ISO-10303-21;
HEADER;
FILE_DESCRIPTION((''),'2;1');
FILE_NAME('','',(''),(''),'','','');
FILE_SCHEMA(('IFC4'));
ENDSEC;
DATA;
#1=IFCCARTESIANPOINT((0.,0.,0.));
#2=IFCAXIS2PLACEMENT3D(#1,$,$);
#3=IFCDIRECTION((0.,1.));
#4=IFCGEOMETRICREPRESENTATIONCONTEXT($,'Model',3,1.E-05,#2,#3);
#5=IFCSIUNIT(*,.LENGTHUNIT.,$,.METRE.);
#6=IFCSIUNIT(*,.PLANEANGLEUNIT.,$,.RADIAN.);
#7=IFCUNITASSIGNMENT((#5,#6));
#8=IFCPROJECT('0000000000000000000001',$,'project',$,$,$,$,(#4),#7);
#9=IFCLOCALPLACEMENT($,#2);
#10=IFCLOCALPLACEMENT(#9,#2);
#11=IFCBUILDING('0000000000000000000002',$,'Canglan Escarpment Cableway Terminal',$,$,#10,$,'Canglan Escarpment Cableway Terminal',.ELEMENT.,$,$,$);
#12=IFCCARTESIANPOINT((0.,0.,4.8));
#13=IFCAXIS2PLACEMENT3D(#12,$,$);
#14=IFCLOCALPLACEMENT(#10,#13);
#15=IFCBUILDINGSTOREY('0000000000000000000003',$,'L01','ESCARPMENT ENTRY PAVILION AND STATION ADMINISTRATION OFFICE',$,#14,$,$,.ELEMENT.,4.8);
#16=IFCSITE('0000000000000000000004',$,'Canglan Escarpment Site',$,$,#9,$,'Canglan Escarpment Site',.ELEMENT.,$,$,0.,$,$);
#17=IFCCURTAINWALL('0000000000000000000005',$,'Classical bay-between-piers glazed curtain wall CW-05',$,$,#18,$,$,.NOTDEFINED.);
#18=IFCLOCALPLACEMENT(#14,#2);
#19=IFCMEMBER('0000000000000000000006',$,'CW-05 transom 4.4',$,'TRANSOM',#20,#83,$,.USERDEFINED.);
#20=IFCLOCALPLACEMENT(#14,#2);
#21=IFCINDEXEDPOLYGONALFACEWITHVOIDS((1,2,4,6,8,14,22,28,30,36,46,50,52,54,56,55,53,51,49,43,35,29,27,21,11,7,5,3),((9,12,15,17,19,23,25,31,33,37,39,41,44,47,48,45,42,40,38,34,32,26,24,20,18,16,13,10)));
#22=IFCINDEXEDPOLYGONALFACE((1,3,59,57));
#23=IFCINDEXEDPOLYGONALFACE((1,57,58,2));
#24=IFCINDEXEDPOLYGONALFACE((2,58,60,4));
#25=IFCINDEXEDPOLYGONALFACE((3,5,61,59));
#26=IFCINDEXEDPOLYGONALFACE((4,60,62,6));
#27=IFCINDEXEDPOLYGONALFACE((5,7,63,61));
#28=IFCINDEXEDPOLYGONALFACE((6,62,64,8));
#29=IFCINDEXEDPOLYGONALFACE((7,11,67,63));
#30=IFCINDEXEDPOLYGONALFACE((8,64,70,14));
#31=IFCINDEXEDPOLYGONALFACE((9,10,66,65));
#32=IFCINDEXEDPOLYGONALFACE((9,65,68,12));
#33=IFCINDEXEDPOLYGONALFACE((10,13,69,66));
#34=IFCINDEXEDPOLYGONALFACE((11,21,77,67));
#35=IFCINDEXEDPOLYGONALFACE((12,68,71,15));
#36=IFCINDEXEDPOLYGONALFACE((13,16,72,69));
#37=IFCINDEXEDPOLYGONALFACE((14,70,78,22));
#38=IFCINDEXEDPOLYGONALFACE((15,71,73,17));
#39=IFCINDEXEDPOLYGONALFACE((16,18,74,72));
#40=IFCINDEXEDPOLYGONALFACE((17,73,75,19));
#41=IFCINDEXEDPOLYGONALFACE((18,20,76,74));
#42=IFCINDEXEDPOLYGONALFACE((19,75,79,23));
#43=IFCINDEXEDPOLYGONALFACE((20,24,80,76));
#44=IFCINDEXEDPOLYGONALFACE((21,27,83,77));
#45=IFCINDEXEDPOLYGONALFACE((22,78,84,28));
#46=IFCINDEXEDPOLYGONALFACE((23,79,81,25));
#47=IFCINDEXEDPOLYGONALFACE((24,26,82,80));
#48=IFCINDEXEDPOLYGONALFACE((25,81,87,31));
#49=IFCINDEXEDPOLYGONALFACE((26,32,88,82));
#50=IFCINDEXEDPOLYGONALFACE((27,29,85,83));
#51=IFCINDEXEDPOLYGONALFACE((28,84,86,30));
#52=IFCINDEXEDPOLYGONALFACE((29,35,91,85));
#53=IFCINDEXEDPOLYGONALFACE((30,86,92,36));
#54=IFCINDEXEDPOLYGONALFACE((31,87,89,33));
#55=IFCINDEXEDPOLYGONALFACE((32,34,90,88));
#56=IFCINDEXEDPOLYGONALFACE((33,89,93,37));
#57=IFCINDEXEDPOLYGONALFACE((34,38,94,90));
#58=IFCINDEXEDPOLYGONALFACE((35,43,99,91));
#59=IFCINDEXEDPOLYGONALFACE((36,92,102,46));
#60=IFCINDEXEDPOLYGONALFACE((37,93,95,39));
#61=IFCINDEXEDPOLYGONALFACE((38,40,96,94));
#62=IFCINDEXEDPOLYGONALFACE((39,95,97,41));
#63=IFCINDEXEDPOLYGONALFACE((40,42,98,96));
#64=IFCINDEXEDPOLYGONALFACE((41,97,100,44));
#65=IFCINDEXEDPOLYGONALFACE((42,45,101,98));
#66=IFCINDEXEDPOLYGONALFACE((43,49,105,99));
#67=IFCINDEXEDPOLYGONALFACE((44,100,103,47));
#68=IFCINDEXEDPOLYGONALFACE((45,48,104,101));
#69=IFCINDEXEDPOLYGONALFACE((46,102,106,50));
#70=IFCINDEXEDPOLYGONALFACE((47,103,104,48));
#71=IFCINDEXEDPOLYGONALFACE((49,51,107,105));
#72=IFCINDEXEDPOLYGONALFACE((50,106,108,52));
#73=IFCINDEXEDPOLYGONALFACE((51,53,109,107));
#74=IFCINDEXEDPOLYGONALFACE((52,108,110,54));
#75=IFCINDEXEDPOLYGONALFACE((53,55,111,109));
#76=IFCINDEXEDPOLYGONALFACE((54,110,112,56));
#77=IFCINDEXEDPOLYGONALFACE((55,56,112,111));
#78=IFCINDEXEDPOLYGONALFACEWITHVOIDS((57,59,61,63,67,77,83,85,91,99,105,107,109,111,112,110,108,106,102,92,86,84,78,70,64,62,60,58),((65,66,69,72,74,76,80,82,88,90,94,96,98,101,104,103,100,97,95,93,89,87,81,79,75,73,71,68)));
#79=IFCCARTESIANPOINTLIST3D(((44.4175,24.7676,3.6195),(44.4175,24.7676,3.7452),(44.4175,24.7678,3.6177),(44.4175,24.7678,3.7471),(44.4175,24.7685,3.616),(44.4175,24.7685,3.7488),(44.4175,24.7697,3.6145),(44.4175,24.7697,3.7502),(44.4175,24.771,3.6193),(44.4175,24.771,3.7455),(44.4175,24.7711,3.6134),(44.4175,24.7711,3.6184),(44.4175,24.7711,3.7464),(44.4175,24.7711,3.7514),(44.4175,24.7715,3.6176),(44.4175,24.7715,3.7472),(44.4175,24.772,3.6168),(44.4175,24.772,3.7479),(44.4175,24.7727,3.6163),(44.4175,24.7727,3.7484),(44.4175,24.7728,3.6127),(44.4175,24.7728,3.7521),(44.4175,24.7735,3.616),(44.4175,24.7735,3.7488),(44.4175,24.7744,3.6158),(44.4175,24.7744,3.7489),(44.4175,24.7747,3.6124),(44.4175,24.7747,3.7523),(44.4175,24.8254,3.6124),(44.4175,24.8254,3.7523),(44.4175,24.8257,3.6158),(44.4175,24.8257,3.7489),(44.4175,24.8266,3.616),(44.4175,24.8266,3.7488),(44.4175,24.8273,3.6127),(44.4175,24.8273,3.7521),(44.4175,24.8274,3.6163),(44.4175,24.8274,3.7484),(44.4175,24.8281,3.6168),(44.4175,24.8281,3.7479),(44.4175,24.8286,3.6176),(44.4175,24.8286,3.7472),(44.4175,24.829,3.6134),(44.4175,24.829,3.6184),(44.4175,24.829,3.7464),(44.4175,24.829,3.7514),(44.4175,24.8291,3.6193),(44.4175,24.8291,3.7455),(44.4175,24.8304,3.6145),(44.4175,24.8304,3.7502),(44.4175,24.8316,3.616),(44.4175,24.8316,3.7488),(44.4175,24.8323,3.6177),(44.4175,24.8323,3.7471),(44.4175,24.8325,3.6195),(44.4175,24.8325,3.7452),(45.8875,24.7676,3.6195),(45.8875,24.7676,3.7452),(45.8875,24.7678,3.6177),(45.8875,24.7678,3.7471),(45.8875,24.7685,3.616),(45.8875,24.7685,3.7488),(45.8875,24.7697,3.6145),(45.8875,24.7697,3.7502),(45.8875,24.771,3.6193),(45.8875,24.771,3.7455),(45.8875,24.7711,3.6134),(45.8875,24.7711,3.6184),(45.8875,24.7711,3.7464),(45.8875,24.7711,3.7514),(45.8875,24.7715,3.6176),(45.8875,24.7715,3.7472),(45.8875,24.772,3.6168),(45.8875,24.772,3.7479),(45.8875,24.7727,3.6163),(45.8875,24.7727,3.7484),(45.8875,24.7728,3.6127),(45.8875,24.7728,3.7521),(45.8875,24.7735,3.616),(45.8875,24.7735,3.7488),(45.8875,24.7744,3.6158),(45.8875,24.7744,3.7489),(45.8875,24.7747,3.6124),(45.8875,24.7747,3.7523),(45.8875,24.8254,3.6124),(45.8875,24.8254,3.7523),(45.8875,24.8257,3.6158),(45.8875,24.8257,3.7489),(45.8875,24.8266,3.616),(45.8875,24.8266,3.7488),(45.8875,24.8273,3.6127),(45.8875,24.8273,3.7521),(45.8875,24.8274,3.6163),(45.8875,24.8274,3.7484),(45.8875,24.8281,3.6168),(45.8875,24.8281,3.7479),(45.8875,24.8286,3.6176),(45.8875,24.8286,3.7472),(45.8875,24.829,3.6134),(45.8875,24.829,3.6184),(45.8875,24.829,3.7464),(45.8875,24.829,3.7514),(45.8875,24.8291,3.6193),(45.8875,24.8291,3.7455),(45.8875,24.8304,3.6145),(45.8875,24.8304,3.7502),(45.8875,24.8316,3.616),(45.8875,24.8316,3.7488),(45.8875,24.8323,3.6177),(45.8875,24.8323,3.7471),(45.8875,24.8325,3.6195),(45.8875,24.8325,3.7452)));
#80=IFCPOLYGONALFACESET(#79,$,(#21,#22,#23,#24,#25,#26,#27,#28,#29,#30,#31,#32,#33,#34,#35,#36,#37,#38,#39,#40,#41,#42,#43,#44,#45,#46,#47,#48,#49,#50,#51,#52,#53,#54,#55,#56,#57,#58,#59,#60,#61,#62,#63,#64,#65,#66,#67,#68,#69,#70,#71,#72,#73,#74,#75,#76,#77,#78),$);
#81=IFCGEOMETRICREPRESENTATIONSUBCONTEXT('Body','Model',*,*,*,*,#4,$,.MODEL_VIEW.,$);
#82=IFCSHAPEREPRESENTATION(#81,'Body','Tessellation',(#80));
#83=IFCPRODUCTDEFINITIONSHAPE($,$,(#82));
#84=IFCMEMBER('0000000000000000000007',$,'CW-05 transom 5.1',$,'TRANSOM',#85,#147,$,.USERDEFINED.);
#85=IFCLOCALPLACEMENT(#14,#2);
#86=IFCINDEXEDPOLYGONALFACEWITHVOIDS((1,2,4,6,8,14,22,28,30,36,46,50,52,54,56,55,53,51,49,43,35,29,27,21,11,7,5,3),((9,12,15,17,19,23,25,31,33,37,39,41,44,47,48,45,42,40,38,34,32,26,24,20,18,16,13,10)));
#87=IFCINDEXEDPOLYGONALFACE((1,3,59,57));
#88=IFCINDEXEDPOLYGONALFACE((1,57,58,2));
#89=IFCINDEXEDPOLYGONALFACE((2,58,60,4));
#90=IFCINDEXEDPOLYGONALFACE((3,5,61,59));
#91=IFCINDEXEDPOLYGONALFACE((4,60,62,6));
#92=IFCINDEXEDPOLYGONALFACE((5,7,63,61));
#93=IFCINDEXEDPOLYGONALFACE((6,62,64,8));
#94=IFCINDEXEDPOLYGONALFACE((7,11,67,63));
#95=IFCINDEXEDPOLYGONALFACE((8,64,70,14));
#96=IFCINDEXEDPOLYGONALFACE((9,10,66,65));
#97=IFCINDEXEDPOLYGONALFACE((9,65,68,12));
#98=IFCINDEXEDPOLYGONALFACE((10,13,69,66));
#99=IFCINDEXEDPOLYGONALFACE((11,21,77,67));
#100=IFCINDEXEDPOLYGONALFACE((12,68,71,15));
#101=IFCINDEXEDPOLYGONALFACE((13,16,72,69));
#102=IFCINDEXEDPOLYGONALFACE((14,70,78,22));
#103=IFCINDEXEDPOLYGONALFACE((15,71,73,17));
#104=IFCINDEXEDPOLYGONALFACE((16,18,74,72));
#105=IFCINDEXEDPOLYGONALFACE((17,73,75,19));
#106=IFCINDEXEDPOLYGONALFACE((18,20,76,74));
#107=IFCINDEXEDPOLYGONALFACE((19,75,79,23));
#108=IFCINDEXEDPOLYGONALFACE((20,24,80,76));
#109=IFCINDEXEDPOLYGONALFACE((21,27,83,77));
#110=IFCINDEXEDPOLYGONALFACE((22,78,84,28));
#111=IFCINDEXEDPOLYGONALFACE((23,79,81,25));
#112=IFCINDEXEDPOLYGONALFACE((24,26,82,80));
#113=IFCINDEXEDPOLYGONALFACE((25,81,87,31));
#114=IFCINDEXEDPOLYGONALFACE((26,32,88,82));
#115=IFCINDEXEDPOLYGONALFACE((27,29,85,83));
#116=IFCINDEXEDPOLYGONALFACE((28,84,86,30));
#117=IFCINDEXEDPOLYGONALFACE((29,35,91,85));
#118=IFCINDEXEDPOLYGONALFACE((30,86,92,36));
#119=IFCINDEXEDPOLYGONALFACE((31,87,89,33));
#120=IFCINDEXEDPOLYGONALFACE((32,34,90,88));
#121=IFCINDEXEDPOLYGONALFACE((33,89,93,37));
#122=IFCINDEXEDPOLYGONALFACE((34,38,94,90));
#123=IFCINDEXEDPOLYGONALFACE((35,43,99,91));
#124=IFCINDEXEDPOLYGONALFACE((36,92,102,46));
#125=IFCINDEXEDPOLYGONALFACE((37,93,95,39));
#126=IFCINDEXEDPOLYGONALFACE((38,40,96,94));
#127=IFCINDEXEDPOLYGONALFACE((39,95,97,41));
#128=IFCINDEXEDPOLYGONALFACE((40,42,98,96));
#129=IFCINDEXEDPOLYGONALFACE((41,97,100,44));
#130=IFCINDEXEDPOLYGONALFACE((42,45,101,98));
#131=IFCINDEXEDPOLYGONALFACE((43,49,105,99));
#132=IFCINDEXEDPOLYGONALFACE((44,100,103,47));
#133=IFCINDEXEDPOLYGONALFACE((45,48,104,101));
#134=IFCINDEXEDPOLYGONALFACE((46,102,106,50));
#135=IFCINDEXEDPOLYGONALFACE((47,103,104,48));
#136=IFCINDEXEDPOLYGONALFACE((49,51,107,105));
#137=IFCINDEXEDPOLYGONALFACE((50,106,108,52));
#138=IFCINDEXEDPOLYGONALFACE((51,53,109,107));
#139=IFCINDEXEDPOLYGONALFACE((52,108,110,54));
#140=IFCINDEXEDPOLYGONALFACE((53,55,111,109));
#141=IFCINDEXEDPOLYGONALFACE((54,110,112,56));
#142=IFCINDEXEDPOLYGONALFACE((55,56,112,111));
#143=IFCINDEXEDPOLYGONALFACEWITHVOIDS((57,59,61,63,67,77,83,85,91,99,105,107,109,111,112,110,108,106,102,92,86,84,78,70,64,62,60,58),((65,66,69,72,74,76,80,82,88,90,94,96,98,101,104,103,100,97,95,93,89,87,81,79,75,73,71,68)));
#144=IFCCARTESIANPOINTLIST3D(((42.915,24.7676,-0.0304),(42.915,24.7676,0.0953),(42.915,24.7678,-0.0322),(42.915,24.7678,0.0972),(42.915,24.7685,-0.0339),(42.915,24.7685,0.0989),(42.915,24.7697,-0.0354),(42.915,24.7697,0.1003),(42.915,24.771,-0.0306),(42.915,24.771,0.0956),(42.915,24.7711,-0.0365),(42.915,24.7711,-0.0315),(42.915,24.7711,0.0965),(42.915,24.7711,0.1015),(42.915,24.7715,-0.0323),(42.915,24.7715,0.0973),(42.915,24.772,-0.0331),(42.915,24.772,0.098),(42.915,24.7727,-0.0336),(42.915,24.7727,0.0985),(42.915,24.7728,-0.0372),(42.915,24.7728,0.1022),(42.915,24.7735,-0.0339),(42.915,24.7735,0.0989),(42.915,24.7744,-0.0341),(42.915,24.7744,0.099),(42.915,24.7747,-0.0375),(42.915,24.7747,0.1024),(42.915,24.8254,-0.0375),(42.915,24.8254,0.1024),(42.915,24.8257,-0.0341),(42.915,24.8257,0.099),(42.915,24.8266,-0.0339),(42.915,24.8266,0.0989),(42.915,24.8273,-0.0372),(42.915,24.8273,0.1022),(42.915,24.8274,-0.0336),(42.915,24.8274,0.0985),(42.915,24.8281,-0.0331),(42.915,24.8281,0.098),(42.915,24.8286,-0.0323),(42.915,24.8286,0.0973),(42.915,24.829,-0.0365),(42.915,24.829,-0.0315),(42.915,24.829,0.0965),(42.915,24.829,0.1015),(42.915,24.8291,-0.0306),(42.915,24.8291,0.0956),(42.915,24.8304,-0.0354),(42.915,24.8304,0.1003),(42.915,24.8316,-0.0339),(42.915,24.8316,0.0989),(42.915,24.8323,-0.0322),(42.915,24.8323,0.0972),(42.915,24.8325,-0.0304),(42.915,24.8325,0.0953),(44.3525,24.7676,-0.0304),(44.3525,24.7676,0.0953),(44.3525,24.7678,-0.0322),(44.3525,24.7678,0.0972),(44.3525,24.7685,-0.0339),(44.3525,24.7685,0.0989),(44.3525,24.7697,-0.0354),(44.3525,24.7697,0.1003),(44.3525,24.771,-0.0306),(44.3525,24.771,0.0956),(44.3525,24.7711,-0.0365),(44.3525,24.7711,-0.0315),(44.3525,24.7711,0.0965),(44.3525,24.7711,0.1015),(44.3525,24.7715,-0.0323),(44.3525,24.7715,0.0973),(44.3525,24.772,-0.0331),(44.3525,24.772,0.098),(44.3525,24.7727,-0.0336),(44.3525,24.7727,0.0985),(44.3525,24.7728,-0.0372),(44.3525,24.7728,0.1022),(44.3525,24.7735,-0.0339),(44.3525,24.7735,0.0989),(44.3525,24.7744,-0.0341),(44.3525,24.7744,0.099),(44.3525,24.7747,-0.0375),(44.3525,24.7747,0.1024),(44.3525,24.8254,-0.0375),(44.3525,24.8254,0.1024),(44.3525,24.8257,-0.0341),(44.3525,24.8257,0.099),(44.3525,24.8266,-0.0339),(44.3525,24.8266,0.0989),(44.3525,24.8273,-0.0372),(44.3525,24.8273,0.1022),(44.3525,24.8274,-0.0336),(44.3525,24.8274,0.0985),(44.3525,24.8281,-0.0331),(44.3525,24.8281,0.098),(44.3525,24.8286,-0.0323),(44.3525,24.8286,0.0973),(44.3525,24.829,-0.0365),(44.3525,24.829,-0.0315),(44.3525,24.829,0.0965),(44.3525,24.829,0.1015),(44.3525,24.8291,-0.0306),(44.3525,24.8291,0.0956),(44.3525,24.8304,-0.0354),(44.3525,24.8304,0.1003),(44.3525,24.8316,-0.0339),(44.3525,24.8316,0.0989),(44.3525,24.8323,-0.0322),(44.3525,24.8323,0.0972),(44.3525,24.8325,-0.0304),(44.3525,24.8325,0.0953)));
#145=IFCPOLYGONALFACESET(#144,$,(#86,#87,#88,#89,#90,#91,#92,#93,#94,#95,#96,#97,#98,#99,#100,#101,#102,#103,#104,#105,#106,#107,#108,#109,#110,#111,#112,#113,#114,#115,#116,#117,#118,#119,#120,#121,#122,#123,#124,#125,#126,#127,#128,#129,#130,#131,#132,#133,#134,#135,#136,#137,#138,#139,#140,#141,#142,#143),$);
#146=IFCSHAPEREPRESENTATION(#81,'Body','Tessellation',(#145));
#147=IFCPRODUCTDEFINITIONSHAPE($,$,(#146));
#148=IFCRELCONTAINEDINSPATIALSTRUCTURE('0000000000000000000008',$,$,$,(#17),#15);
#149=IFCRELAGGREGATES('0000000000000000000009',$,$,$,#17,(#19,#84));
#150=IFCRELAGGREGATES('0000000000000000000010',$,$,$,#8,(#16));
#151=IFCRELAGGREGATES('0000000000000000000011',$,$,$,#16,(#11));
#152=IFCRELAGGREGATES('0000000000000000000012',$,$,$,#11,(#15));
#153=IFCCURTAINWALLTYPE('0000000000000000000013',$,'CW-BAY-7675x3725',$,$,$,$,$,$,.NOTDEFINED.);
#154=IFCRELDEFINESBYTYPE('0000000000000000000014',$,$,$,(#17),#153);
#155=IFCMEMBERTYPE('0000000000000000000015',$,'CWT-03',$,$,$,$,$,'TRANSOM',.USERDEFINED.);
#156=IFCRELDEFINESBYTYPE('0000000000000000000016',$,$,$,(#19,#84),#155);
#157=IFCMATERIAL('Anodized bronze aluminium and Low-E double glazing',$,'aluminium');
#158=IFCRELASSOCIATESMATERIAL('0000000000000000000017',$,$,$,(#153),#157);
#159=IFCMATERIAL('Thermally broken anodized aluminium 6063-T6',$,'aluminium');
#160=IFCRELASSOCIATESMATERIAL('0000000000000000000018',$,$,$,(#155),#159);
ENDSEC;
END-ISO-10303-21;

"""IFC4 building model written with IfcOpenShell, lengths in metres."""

from ifc_helpers import new_model, si_unit, direction, frame, origin, origin_2d, place, context, subcontext, project, spatial, hollow_rectangle, extrude, material, material_profile, profile_set, type_object, element, aggregate, save


model = new_model("IFC4")

# Units and contexts
model_context = context("Model", 3, precision=1e-05, world=origin(), true_north=direction((0.0, 1.0)))
body_context = subcontext(model_context, "Body", "Model", "MODEL_VIEW")
ifc_project = project(units=[si_unit("LENGTHUNIT", "METRE"), si_unit("PLANEANGLEUNIT", "RADIAN")], contexts=[model_context])

# Site, building, storey
site_placement = place(None, origin())
site = spatial("IfcSite", under=ifc_project, at=site_placement, Name="Canglan Escarpment Site", LongName="Canglan Escarpment Site", CompositionType="ELEMENT", RefElevation=0.0)
building_placement = place(site_placement, origin())
building = spatial("IfcBuilding", under=site, at=building_placement, Name="Canglan Escarpment Cableway Terminal", LongName="Canglan Escarpment Cableway Terminal", CompositionType="ELEMENT")
storey_placement = place(building_placement, frame((0.0, 0.0, 4.8)))
storey = spatial("IfcBuildingStorey", under=building, at=storey_placement, Name="L01", Description="ESCARPMENT ENTRY PAVILION AND STATION ADMINISTRATION OFFICE", CompositionType="ELEMENT", Elevation=4.8)

# Curtain wall, members
ifc_material_1 = material(Name="Anodized bronze aluminium and Low-E double glazing", Category="aluminium")
curtain_wall_type = type_object("IfcCurtainWallType", Name="CW-BAY-7675x3725", PredefinedType="NOTDEFINED", material=ifc_material_1)
curtain_wall_placement = place(storey_placement, origin())
curtain_wall = element("IfcCurtainWall", 1, at=curtain_wall_placement, inside=storey, type_object=curtain_wall_type, Name="Classical bay-between-piers glazed curtain wall CW-05", PredefinedType="NOTDEFINED")
ifc_material_2 = material(Name="Thermally broken anodized aluminium 6063-T6", Category="aluminium")
ifc_material_profile_1 = material_profile(ifc_material_2, hollow_rectangle(XDim=0.0649, YDim=0.1399, WallThickness=0.0034, InnerFilletRadius=0.0034, OuterFilletRadius=0.0071, at=origin_2d()), Name="ALU-TRAN 65x140x3.5")
ifc_profile_set_1 = profile_set([ifc_material_profile_1], Name="Thermally broken anodized aluminium 6063-T6")
member_type_1 = type_object("IfcMemberType", Name="CWT-03", ElementType="TRANSOM", PredefinedType="USERDEFINED", material=ifc_profile_set_1)
member_1_placement = place(storey_placement, frame((45.8875, 24.8, 3.6824), z_axis=(-1.0, 0.0, 0.0), x_axis=(0.0, -1.0, 0.0)))
member_1 = element("IfcMember", 2, at=member_1_placement, type_object=member_type_1, Name="CW-05 transom 4.4", ObjectType="TRANSOM", PredefinedType="USERDEFINED", context=body_context, shape_type="SweptSolid", body=[
    extrude(hollow_rectangle(XDim=0.0649, YDim=0.1399, WallThickness=0.0034, InnerFilletRadius=0.0034, OuterFilletRadius=0.0071, at=origin_2d()), origin(), (0.0, 0.0, 1.0), 1.47),
])
member_2_placement = place(storey_placement, frame((44.3525, 24.8, 0.0325), z_axis=(-1.0, 0.0, 0.0), x_axis=(0.0, -1.0, 0.0)))
member_2 = element("IfcMember", 3, at=member_2_placement, type_object=member_type_1, Name="CW-05 transom 5.1", ObjectType="TRANSOM", PredefinedType="USERDEFINED", context=body_context, shape_type="SweptSolid", body=[
    extrude(hollow_rectangle(XDim=0.0649, YDim=0.1399, WallThickness=0.0034, InnerFilletRadius=0.0034, OuterFilletRadius=0.0071, at=origin_2d()), origin(), (0.0, 0.0, 1.0), 1.4375),
])
aggregate(curtain_wall, [member_1, member_2])

save(model, "model.ifc")
